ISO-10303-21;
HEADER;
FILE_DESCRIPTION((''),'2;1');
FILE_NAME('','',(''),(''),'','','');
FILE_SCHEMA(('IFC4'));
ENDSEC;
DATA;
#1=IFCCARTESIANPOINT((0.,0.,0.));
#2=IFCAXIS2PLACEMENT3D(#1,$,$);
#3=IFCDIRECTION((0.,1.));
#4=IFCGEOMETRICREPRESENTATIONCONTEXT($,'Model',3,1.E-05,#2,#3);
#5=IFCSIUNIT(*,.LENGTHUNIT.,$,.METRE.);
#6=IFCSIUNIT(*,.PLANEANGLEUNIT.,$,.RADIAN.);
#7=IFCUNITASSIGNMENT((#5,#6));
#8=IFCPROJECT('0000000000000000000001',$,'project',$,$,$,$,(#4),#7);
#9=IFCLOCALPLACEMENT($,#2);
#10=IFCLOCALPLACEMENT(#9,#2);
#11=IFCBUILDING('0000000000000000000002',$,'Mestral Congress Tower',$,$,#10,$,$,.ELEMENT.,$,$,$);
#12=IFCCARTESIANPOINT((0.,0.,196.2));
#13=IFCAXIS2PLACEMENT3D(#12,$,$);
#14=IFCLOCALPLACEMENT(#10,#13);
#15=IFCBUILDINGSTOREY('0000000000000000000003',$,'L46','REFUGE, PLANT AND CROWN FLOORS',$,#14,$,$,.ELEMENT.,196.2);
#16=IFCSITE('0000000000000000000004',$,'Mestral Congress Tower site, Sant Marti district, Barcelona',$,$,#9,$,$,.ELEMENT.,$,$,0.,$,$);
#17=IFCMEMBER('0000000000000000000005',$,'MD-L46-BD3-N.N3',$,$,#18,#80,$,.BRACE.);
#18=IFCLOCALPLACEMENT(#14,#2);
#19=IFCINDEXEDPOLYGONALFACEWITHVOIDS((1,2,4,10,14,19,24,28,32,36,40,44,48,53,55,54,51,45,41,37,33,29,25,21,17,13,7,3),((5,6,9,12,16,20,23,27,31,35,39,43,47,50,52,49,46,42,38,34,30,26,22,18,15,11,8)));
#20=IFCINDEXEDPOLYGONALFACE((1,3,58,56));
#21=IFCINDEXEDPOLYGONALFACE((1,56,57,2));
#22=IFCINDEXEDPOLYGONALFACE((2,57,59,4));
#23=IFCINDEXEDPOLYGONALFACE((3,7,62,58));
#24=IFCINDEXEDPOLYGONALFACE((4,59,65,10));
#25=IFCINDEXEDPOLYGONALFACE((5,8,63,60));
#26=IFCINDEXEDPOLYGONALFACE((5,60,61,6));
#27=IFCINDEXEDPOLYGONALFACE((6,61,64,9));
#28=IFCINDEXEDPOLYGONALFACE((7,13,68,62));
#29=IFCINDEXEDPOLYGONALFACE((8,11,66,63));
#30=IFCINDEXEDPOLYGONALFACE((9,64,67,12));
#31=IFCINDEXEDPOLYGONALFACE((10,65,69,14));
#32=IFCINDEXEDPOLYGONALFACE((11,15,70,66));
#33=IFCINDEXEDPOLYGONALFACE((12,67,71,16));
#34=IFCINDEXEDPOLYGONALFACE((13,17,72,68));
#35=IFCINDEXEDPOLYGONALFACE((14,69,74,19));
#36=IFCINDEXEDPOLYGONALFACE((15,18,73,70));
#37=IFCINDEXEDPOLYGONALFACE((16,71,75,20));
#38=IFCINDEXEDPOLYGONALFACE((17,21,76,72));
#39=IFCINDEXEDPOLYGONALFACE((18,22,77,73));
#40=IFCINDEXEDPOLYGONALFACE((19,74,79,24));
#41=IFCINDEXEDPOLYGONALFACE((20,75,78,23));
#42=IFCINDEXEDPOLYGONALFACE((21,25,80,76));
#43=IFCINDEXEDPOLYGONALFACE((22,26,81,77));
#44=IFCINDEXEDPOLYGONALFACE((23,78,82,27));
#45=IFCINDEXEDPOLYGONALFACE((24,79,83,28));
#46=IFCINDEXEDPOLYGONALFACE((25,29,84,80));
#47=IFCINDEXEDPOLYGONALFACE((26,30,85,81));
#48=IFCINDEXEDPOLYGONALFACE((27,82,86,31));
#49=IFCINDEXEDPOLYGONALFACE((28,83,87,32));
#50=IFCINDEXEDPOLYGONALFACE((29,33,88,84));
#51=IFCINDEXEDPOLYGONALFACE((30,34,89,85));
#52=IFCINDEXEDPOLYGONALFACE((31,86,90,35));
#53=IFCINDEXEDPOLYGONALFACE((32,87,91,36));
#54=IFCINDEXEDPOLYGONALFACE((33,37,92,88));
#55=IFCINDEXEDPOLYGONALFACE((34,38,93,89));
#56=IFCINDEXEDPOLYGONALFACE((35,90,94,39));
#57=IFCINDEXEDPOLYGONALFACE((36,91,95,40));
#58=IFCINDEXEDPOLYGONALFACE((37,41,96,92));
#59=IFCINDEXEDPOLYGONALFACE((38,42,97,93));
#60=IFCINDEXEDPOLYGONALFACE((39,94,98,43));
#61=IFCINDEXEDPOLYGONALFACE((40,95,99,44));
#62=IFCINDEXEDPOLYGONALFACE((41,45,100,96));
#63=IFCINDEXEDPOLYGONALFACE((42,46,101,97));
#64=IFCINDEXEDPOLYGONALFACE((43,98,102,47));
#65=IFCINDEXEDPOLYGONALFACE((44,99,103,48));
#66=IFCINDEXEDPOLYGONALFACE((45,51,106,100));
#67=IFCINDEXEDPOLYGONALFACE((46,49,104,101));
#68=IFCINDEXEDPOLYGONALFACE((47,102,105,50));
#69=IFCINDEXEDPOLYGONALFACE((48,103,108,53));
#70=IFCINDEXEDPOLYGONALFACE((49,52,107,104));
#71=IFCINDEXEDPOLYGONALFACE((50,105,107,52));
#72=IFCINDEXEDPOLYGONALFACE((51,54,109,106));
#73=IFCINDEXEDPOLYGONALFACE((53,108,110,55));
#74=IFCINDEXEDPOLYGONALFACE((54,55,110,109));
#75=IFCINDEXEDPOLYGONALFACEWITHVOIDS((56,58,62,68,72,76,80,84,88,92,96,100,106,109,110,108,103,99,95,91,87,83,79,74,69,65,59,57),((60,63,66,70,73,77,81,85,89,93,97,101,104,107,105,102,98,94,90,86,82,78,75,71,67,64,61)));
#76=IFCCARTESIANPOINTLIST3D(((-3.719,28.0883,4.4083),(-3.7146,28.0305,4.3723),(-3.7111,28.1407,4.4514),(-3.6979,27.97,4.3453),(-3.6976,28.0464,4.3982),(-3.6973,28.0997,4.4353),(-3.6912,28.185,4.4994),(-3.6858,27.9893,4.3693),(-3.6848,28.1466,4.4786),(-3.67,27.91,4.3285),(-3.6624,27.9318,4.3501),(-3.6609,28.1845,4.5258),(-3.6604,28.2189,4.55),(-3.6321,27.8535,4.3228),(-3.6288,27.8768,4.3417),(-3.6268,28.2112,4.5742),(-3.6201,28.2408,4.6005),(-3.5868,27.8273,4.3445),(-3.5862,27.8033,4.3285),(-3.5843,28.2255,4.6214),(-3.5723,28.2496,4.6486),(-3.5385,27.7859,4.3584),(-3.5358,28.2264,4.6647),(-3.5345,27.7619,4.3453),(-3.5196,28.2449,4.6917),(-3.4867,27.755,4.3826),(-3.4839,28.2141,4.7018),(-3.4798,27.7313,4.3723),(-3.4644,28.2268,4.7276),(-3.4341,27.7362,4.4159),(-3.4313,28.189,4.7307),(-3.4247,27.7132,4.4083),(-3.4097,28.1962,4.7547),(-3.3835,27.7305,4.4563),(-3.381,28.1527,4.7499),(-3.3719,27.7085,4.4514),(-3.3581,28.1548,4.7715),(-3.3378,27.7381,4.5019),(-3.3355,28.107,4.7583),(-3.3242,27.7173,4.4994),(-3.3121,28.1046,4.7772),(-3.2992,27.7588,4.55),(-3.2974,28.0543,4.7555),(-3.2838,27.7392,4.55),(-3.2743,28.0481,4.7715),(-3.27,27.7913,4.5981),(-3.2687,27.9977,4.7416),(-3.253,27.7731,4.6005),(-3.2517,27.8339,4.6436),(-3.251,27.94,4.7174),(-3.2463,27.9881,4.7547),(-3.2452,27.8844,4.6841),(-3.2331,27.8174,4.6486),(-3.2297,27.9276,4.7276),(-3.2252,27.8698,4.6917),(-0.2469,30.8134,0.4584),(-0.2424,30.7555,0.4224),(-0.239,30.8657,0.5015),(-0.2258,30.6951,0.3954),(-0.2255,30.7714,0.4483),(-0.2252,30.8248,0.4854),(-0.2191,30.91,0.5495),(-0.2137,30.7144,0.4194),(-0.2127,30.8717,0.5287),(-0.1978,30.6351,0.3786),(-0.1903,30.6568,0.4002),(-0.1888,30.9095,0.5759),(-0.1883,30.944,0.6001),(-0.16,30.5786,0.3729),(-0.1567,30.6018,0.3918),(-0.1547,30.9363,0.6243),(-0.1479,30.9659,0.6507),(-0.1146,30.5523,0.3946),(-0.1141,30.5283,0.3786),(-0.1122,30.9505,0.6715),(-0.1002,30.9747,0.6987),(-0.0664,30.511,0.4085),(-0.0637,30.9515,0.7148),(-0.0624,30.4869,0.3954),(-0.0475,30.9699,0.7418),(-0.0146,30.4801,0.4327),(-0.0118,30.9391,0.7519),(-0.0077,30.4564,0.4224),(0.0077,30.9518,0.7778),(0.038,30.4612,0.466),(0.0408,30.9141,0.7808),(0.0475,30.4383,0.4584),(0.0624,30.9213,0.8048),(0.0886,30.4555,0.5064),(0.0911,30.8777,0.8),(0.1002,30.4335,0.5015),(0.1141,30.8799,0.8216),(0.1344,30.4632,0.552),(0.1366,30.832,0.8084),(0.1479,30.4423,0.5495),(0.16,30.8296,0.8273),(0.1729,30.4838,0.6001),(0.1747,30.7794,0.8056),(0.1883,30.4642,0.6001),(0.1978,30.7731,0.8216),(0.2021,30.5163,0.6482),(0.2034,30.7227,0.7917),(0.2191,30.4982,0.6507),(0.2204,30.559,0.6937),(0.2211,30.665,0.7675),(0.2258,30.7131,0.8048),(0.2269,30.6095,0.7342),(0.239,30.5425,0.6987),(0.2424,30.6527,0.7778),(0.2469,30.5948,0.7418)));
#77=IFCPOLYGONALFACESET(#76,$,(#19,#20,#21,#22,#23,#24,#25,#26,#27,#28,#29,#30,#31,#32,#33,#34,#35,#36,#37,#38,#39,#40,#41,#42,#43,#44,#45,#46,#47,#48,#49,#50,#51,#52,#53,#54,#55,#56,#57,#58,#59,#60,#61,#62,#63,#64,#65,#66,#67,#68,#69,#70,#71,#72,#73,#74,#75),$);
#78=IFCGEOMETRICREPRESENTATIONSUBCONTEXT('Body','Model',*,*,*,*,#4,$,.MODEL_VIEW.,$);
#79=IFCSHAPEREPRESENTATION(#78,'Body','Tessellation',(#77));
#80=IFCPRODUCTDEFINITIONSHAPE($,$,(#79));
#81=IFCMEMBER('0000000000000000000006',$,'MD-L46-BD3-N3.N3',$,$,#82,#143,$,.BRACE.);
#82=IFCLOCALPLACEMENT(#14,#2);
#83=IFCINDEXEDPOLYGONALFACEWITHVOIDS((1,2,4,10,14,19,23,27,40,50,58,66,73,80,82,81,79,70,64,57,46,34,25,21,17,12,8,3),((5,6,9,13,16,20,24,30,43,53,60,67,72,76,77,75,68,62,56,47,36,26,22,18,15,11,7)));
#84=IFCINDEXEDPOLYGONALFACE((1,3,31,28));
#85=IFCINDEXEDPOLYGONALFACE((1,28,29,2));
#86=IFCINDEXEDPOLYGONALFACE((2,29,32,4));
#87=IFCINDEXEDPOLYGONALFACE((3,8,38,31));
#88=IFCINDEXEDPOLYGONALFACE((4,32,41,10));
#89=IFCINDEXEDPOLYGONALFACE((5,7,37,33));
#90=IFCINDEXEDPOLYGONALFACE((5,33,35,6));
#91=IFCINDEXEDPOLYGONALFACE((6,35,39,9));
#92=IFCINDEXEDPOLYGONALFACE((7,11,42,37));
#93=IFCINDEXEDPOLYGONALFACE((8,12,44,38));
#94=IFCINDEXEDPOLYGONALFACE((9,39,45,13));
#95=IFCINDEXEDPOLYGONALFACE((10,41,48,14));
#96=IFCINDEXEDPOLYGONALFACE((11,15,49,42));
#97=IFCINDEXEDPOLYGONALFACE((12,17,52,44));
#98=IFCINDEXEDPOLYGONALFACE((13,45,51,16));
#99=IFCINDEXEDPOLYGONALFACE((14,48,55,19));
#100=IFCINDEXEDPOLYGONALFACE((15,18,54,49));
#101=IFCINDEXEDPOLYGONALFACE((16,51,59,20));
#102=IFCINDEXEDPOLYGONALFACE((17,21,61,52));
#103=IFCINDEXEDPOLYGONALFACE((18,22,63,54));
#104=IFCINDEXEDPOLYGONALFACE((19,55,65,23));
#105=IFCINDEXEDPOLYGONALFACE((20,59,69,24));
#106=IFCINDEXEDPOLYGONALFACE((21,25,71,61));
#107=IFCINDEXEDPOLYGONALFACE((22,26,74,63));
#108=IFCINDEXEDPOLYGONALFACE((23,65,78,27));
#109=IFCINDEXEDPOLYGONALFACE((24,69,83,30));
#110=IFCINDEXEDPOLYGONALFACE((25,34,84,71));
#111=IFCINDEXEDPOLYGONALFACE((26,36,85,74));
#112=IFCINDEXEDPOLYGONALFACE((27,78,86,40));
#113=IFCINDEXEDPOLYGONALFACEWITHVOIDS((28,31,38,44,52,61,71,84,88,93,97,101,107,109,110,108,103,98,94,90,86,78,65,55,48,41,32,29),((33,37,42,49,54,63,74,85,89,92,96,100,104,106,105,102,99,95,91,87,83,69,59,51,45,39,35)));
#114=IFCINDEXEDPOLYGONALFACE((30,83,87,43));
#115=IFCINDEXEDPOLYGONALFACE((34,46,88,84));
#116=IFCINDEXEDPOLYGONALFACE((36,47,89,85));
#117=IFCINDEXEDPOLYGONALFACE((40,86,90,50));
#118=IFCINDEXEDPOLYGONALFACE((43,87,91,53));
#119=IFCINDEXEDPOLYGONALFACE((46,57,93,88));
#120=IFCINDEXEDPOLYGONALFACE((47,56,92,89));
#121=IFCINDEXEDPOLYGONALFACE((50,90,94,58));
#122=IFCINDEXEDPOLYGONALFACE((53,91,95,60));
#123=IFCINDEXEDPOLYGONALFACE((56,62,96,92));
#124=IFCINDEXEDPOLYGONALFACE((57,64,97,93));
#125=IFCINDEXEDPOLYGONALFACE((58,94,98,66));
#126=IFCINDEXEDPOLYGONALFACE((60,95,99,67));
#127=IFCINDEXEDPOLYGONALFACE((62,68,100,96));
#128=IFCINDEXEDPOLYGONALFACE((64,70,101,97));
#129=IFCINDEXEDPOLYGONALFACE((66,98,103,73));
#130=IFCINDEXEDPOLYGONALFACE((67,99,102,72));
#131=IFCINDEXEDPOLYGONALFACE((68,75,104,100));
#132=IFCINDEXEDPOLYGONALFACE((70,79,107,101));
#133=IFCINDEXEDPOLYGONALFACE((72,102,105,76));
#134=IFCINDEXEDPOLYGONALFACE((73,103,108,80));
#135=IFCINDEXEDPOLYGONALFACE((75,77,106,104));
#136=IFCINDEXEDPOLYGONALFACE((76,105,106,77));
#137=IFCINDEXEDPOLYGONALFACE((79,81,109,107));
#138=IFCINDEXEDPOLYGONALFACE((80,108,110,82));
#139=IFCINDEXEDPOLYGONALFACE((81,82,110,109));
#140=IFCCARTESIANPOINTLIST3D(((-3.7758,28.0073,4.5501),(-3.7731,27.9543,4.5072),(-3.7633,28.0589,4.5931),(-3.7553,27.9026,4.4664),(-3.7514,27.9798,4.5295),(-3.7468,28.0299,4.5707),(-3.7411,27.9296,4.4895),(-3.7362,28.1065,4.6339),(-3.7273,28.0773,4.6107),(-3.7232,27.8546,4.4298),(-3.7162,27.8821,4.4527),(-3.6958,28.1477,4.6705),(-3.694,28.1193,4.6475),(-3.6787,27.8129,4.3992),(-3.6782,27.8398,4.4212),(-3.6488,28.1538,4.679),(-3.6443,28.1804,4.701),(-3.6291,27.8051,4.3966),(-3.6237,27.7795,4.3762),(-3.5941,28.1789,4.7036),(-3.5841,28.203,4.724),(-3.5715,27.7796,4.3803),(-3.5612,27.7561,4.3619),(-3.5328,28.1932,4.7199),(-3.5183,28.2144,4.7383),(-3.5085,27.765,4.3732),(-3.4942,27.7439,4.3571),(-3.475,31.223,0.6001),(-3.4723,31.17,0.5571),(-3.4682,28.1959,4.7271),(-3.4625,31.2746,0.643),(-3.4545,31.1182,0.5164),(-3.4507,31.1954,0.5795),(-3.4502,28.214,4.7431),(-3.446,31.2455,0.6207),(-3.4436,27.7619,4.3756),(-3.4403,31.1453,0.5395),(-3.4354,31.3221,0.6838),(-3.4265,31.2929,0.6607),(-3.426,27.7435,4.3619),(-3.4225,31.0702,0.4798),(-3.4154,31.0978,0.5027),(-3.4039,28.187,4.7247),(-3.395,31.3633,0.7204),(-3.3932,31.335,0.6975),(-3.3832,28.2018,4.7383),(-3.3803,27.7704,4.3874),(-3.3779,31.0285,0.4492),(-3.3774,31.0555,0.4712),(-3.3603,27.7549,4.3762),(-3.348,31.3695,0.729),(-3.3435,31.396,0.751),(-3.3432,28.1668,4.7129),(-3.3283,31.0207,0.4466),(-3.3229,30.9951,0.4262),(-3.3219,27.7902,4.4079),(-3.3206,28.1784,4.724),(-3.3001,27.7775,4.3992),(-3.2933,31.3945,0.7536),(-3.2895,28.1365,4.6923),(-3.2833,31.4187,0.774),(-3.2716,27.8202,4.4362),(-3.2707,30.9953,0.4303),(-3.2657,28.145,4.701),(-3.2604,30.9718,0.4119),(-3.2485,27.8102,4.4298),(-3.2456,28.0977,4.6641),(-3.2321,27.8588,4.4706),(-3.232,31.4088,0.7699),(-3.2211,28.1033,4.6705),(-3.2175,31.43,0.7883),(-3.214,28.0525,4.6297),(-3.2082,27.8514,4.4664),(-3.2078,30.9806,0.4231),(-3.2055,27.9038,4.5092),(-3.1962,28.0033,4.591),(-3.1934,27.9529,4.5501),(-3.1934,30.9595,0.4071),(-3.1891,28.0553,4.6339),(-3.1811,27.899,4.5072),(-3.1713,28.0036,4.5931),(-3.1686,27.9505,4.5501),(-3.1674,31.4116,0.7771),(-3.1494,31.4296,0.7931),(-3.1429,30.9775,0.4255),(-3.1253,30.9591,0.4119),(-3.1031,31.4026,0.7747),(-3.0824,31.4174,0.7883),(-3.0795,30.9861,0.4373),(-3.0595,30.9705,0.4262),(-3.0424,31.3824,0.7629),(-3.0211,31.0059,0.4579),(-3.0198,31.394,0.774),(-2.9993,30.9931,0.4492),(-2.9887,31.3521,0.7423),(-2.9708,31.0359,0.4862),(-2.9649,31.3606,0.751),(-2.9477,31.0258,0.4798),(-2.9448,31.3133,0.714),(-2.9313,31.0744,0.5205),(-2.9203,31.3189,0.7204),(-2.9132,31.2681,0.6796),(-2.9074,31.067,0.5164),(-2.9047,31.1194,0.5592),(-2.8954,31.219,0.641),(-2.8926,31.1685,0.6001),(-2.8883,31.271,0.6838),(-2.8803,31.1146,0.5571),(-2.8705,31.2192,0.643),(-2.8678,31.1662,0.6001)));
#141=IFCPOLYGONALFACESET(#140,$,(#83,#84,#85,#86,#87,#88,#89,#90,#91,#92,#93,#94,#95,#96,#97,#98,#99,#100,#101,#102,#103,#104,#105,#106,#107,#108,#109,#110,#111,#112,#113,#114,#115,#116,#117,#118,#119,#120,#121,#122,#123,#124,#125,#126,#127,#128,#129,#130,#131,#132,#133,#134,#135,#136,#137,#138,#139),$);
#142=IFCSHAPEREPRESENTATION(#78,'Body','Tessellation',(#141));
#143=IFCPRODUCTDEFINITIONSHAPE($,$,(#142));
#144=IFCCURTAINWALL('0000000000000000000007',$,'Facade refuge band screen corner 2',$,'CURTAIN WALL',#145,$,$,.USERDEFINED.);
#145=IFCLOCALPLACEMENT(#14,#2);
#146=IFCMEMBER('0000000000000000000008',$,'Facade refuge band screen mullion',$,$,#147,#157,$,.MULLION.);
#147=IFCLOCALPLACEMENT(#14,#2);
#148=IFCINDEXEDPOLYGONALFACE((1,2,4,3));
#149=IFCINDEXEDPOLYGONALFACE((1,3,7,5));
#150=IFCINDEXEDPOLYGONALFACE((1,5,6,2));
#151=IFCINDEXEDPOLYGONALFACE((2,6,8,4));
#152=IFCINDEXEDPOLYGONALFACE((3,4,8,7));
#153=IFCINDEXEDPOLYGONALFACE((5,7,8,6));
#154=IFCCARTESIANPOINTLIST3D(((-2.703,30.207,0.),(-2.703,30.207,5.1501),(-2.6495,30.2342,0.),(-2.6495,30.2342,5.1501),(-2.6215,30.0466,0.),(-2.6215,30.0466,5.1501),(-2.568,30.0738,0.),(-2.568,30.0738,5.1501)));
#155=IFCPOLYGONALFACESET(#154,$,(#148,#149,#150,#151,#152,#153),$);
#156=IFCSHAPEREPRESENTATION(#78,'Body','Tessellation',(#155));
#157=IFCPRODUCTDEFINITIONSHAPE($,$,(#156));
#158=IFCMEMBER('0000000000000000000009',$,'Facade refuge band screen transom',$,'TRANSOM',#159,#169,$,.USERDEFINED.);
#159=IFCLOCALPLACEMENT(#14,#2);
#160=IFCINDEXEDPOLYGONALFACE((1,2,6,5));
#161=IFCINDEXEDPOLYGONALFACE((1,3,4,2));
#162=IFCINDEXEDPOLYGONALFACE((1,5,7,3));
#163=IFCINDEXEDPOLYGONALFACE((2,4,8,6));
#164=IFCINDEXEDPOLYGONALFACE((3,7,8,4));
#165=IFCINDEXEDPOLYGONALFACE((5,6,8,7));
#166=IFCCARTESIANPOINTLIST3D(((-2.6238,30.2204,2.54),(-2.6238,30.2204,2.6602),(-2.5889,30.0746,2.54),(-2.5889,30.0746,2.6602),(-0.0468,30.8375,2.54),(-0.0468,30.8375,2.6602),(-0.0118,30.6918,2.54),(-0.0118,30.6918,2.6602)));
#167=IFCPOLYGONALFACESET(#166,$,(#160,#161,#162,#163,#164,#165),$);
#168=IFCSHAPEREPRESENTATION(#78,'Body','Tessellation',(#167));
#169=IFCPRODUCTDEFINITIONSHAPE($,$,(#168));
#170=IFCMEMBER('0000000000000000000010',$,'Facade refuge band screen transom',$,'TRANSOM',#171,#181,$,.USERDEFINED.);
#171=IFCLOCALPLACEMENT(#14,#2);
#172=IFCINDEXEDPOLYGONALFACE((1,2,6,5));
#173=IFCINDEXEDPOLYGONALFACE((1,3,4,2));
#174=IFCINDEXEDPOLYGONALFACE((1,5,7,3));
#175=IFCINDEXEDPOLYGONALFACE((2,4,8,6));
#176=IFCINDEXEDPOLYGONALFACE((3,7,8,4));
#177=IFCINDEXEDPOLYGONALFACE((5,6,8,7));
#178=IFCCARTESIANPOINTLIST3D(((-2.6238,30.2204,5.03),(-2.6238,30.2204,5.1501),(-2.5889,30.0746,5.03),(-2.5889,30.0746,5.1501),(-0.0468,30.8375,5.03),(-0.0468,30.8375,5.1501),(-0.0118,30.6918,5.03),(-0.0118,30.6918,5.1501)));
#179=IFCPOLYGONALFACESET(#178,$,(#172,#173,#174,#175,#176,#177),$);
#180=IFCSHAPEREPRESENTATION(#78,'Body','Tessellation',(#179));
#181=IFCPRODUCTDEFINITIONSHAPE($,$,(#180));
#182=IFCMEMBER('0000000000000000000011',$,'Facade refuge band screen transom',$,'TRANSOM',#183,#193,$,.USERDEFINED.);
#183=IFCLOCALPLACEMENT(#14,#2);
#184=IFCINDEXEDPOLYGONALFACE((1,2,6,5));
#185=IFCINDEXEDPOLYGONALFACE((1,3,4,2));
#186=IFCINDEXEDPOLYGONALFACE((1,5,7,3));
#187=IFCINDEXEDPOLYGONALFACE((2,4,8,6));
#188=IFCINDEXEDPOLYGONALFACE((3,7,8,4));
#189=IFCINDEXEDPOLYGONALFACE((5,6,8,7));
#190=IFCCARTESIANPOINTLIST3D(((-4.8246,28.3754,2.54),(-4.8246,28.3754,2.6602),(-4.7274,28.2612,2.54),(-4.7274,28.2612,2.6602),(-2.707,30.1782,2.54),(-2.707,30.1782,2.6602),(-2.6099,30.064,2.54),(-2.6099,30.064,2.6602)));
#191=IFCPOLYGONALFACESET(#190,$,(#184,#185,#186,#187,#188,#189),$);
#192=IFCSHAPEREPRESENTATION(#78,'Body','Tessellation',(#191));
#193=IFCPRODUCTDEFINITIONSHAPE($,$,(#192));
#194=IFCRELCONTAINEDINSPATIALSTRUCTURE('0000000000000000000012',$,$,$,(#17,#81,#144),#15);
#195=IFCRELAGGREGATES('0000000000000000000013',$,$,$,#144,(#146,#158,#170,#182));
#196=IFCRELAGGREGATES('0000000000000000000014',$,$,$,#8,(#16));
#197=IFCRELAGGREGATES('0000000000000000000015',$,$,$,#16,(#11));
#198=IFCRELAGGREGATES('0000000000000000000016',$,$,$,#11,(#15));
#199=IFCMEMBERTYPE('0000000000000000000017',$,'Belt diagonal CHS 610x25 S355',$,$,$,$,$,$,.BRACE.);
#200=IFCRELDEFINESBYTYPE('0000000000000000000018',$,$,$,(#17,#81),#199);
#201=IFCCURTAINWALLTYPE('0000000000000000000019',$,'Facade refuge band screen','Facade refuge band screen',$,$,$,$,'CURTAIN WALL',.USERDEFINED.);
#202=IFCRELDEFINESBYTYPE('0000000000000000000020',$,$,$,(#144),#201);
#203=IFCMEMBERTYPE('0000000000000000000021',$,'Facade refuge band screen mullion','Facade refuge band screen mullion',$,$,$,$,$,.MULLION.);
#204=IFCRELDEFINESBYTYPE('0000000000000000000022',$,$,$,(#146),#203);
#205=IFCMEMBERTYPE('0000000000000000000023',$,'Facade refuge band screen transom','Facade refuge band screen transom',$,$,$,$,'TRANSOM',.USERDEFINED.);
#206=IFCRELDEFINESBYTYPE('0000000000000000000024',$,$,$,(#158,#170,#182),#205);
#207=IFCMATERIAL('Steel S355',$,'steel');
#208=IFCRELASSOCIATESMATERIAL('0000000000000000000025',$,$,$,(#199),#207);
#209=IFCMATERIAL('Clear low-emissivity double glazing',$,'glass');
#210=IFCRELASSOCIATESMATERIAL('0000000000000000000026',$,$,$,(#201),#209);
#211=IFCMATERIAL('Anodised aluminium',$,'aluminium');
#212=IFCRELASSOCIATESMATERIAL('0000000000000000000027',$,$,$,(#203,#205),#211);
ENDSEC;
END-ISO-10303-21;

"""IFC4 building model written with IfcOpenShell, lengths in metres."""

from ifc_helpers import new_model, si_unit, direction, frame, origin, origin_2d, place, context, subcontext, project, spatial, rectangle, hollow_circle, extrude, material, material_profile, profile_set, type_object, element, aggregate, save


model = new_model("IFC4")

# Units and contexts
model_context = context("Model", 3, precision=1e-05, world=origin(), true_north=direction((0.0, 1.0)))
body_context = subcontext(model_context, "Body", "Model", "MODEL_VIEW")
ifc_project = project(units=[si_unit("LENGTHUNIT", "METRE"), si_unit("PLANEANGLEUNIT", "RADIAN")], contexts=[model_context])

# Site, building, storey
site_placement = place(None, origin())
site = spatial("IfcSite", under=ifc_project, at=site_placement, Name="Mestral Congress Tower site, Sant Marti district, Barcelona", CompositionType="ELEMENT", RefElevation=0.0)
building_placement = place(site_placement, origin())
building = spatial("IfcBuilding", under=site, at=building_placement, Name="Mestral Congress Tower", CompositionType="ELEMENT")
storey_placement = place(building_placement, frame((0.0, 0.0, 196.2)))
storey = spatial("IfcBuildingStorey", under=building, at=storey_placement, Name="L46", Description="REFUGE, PLANT AND CROWN FLOORS", CompositionType="ELEMENT", Elevation=196.2)

# Members
ifc_material_1 = material(Name="Steel S355", Category="steel")
ifc_material_profile_1 = material_profile(ifc_material_1, hollow_circle(Radius=0.3049, WallThickness=0.0249, at=origin_2d()), Name="CHS 610x25")
ifc_profile_set_1 = profile_set([ifc_material_profile_1], Name="Steel S355")
member_type_1 = type_object("IfcMemberType", Name="Belt diagonal CHS 610x25 S355", PredefinedType="BRACE", material=ifc_profile_set_1)
member_1_placement = place(storey_placement, frame((0.0, 30.7041, 0.6001), z_axis=(-0.586199, -0.460072, 0.666862), x_axis=(0.617396, -0.786652, 0.0)))
element("IfcMember", 1, at=member_1_placement, inside=storey, type_object=member_type_1, Name="MD-L46-BD3-N.N3", PredefinedType="BRACE", context=body_context, shape_type="SweptSolid", body=[
    extrude(hollow_circle(Radius=0.3049, WallThickness=0.0249, at=origin_2d()), origin(), (0.0, 0.0, 1.0), 5.9231),
])
member_2_placement = place(storey_placement, frame((-3.1714, 31.1946, 0.6001), z_axis=(-0.058951, -0.630232, 0.774165), x_axis=(0.995654, -0.093132, 0.0)))
element("IfcMember", 2, at=member_2_placement, inside=storey, type_object=member_type_1, Name="MD-L46-BD3-N3.N3", PredefinedType="BRACE", context=body_context, shape_type="SweptSolid", body=[
    extrude(hollow_circle(Radius=0.3049, WallThickness=0.0249, at=origin_2d()), origin(), (0.0, 0.0, 1.0), 5.1023),
])

# Curtain wall, members
ifc_material_2 = material(Name="Clear low-emissivity double glazing", Category="glass")
curtain_wall_type = type_object("IfcCurtainWallType", Name="Facade refuge band screen", Description="Facade refuge band screen", ElementType="CURTAIN WALL", PredefinedType="USERDEFINED", material=ifc_material_2)
curtain_wall_placement = place(storey_placement, origin())
curtain_wall = element("IfcCurtainWall", 3, at=curtain_wall_placement, inside=storey, type_object=curtain_wall_type, Name="Facade refuge band screen corner 2", ObjectType="CURTAIN WALL", PredefinedType="USERDEFINED")
ifc_material_3 = material(Name="Anodised aluminium", Category="aluminium")
ifc_material_profile_2 = material_profile(ifc_material_3, rectangle(XDim=0.1799, YDim=0.0601, at=origin_2d()), Name="CW3 mullion 180 x 60")
ifc_profile_set_2 = profile_set([ifc_material_profile_2], Name="Anodised aluminium")
member_type_2 = type_object("IfcMemberType", Name="Facade refuge band screen mullion", Description="Facade refuge band screen mullion", PredefinedType="MULLION", material=ifc_profile_set_2)
member_3_placement = place(storey_placement, frame((-2.6355, 30.1404, 0.0), z_axis=(0.0, 0.0, 1.0), x_axis=(-0.453048, 0.891486, 0.0)))
member_3 = element("IfcMember", 4, at=member_3_placement, type_object=member_type_2, Name="Facade refuge band screen mullion", PredefinedType="MULLION", context=body_context, shape_type="SweptSolid", body=[
    extrude(rectangle(XDim=0.1799, YDim=0.0601, at=origin_2d()), origin(), (0.0, 0.0, 1.0), 5.1501),
])
ifc_material_profile_3 = material_profile(ifc_material_3, rectangle(XDim=0.1499, YDim=0.1201, at=origin_2d()), Name="CW3 transom 150 x 120")
ifc_profile_set_3 = profile_set([ifc_material_profile_3], Name="Anodised aluminium")
member_type_3 = type_object("IfcMemberType", Name="Facade refuge band screen transom", Description="Facade refuge band screen transom", ElementType="TRANSOM", PredefinedType="USERDEFINED", material=ifc_profile_set_3)
member_4_placement = place(storey_placement, frame((-0.0293, 30.7646, 2.6001), z_axis=(-0.972501, -0.232899, 0.0), x_axis=(0.232899, -0.972501, 0.0)))
member_4 = element("IfcMember", 5, at=member_4_placement, type_object=member_type_3, Name="Facade refuge band screen transom", ObjectType="TRANSOM", PredefinedType="USERDEFINED", context=body_context, shape_type="SweptSolid", body=[
    extrude(rectangle(XDim=0.1499, YDim=0.1201, at=origin_2d()), origin(), (0.0, 0.0, 1.0), 2.6499),
])
member_5_placement = place(storey_placement, frame((-0.0293, 30.7646, 5.0901), z_axis=(-0.972501, -0.232899, 0.0), x_axis=(0.232899, -0.972501, 0.0)))
member_5 = element("IfcMember", 6, at=member_5_placement, type_object=member_type_3, Name="Facade refuge band screen transom", ObjectType="TRANSOM", PredefinedType="USERDEFINED", context=body_context, shape_type="SweptSolid", body=[
    extrude(rectangle(XDim=0.1499, YDim=0.1201, at=origin_2d()), origin(), (0.0, 0.0, 1.0), 2.6499),
])
member_6_placement = place(storey_placement, frame((-2.6584, 30.1211, 2.6001), z_axis=(-0.761421, -0.648257, 0.0), x_axis=(0.648257, -0.761421, 0.0)))
member_6 = element("IfcMember", 7, at=member_6_placement, type_object=member_type_3, Name="Facade refuge band screen transom", ObjectType="TRANSOM", PredefinedType="USERDEFINED", context=body_context, shape_type="SweptSolid", body=[
    extrude(rectangle(XDim=0.1499, YDim=0.1201, at=origin_2d()), origin(), (0.0, 0.0, 1.0), 2.781),
])

aggregate(curtain_wall, [member_3, member_4, member_5, member_6])

save(model, "model.ifc")
